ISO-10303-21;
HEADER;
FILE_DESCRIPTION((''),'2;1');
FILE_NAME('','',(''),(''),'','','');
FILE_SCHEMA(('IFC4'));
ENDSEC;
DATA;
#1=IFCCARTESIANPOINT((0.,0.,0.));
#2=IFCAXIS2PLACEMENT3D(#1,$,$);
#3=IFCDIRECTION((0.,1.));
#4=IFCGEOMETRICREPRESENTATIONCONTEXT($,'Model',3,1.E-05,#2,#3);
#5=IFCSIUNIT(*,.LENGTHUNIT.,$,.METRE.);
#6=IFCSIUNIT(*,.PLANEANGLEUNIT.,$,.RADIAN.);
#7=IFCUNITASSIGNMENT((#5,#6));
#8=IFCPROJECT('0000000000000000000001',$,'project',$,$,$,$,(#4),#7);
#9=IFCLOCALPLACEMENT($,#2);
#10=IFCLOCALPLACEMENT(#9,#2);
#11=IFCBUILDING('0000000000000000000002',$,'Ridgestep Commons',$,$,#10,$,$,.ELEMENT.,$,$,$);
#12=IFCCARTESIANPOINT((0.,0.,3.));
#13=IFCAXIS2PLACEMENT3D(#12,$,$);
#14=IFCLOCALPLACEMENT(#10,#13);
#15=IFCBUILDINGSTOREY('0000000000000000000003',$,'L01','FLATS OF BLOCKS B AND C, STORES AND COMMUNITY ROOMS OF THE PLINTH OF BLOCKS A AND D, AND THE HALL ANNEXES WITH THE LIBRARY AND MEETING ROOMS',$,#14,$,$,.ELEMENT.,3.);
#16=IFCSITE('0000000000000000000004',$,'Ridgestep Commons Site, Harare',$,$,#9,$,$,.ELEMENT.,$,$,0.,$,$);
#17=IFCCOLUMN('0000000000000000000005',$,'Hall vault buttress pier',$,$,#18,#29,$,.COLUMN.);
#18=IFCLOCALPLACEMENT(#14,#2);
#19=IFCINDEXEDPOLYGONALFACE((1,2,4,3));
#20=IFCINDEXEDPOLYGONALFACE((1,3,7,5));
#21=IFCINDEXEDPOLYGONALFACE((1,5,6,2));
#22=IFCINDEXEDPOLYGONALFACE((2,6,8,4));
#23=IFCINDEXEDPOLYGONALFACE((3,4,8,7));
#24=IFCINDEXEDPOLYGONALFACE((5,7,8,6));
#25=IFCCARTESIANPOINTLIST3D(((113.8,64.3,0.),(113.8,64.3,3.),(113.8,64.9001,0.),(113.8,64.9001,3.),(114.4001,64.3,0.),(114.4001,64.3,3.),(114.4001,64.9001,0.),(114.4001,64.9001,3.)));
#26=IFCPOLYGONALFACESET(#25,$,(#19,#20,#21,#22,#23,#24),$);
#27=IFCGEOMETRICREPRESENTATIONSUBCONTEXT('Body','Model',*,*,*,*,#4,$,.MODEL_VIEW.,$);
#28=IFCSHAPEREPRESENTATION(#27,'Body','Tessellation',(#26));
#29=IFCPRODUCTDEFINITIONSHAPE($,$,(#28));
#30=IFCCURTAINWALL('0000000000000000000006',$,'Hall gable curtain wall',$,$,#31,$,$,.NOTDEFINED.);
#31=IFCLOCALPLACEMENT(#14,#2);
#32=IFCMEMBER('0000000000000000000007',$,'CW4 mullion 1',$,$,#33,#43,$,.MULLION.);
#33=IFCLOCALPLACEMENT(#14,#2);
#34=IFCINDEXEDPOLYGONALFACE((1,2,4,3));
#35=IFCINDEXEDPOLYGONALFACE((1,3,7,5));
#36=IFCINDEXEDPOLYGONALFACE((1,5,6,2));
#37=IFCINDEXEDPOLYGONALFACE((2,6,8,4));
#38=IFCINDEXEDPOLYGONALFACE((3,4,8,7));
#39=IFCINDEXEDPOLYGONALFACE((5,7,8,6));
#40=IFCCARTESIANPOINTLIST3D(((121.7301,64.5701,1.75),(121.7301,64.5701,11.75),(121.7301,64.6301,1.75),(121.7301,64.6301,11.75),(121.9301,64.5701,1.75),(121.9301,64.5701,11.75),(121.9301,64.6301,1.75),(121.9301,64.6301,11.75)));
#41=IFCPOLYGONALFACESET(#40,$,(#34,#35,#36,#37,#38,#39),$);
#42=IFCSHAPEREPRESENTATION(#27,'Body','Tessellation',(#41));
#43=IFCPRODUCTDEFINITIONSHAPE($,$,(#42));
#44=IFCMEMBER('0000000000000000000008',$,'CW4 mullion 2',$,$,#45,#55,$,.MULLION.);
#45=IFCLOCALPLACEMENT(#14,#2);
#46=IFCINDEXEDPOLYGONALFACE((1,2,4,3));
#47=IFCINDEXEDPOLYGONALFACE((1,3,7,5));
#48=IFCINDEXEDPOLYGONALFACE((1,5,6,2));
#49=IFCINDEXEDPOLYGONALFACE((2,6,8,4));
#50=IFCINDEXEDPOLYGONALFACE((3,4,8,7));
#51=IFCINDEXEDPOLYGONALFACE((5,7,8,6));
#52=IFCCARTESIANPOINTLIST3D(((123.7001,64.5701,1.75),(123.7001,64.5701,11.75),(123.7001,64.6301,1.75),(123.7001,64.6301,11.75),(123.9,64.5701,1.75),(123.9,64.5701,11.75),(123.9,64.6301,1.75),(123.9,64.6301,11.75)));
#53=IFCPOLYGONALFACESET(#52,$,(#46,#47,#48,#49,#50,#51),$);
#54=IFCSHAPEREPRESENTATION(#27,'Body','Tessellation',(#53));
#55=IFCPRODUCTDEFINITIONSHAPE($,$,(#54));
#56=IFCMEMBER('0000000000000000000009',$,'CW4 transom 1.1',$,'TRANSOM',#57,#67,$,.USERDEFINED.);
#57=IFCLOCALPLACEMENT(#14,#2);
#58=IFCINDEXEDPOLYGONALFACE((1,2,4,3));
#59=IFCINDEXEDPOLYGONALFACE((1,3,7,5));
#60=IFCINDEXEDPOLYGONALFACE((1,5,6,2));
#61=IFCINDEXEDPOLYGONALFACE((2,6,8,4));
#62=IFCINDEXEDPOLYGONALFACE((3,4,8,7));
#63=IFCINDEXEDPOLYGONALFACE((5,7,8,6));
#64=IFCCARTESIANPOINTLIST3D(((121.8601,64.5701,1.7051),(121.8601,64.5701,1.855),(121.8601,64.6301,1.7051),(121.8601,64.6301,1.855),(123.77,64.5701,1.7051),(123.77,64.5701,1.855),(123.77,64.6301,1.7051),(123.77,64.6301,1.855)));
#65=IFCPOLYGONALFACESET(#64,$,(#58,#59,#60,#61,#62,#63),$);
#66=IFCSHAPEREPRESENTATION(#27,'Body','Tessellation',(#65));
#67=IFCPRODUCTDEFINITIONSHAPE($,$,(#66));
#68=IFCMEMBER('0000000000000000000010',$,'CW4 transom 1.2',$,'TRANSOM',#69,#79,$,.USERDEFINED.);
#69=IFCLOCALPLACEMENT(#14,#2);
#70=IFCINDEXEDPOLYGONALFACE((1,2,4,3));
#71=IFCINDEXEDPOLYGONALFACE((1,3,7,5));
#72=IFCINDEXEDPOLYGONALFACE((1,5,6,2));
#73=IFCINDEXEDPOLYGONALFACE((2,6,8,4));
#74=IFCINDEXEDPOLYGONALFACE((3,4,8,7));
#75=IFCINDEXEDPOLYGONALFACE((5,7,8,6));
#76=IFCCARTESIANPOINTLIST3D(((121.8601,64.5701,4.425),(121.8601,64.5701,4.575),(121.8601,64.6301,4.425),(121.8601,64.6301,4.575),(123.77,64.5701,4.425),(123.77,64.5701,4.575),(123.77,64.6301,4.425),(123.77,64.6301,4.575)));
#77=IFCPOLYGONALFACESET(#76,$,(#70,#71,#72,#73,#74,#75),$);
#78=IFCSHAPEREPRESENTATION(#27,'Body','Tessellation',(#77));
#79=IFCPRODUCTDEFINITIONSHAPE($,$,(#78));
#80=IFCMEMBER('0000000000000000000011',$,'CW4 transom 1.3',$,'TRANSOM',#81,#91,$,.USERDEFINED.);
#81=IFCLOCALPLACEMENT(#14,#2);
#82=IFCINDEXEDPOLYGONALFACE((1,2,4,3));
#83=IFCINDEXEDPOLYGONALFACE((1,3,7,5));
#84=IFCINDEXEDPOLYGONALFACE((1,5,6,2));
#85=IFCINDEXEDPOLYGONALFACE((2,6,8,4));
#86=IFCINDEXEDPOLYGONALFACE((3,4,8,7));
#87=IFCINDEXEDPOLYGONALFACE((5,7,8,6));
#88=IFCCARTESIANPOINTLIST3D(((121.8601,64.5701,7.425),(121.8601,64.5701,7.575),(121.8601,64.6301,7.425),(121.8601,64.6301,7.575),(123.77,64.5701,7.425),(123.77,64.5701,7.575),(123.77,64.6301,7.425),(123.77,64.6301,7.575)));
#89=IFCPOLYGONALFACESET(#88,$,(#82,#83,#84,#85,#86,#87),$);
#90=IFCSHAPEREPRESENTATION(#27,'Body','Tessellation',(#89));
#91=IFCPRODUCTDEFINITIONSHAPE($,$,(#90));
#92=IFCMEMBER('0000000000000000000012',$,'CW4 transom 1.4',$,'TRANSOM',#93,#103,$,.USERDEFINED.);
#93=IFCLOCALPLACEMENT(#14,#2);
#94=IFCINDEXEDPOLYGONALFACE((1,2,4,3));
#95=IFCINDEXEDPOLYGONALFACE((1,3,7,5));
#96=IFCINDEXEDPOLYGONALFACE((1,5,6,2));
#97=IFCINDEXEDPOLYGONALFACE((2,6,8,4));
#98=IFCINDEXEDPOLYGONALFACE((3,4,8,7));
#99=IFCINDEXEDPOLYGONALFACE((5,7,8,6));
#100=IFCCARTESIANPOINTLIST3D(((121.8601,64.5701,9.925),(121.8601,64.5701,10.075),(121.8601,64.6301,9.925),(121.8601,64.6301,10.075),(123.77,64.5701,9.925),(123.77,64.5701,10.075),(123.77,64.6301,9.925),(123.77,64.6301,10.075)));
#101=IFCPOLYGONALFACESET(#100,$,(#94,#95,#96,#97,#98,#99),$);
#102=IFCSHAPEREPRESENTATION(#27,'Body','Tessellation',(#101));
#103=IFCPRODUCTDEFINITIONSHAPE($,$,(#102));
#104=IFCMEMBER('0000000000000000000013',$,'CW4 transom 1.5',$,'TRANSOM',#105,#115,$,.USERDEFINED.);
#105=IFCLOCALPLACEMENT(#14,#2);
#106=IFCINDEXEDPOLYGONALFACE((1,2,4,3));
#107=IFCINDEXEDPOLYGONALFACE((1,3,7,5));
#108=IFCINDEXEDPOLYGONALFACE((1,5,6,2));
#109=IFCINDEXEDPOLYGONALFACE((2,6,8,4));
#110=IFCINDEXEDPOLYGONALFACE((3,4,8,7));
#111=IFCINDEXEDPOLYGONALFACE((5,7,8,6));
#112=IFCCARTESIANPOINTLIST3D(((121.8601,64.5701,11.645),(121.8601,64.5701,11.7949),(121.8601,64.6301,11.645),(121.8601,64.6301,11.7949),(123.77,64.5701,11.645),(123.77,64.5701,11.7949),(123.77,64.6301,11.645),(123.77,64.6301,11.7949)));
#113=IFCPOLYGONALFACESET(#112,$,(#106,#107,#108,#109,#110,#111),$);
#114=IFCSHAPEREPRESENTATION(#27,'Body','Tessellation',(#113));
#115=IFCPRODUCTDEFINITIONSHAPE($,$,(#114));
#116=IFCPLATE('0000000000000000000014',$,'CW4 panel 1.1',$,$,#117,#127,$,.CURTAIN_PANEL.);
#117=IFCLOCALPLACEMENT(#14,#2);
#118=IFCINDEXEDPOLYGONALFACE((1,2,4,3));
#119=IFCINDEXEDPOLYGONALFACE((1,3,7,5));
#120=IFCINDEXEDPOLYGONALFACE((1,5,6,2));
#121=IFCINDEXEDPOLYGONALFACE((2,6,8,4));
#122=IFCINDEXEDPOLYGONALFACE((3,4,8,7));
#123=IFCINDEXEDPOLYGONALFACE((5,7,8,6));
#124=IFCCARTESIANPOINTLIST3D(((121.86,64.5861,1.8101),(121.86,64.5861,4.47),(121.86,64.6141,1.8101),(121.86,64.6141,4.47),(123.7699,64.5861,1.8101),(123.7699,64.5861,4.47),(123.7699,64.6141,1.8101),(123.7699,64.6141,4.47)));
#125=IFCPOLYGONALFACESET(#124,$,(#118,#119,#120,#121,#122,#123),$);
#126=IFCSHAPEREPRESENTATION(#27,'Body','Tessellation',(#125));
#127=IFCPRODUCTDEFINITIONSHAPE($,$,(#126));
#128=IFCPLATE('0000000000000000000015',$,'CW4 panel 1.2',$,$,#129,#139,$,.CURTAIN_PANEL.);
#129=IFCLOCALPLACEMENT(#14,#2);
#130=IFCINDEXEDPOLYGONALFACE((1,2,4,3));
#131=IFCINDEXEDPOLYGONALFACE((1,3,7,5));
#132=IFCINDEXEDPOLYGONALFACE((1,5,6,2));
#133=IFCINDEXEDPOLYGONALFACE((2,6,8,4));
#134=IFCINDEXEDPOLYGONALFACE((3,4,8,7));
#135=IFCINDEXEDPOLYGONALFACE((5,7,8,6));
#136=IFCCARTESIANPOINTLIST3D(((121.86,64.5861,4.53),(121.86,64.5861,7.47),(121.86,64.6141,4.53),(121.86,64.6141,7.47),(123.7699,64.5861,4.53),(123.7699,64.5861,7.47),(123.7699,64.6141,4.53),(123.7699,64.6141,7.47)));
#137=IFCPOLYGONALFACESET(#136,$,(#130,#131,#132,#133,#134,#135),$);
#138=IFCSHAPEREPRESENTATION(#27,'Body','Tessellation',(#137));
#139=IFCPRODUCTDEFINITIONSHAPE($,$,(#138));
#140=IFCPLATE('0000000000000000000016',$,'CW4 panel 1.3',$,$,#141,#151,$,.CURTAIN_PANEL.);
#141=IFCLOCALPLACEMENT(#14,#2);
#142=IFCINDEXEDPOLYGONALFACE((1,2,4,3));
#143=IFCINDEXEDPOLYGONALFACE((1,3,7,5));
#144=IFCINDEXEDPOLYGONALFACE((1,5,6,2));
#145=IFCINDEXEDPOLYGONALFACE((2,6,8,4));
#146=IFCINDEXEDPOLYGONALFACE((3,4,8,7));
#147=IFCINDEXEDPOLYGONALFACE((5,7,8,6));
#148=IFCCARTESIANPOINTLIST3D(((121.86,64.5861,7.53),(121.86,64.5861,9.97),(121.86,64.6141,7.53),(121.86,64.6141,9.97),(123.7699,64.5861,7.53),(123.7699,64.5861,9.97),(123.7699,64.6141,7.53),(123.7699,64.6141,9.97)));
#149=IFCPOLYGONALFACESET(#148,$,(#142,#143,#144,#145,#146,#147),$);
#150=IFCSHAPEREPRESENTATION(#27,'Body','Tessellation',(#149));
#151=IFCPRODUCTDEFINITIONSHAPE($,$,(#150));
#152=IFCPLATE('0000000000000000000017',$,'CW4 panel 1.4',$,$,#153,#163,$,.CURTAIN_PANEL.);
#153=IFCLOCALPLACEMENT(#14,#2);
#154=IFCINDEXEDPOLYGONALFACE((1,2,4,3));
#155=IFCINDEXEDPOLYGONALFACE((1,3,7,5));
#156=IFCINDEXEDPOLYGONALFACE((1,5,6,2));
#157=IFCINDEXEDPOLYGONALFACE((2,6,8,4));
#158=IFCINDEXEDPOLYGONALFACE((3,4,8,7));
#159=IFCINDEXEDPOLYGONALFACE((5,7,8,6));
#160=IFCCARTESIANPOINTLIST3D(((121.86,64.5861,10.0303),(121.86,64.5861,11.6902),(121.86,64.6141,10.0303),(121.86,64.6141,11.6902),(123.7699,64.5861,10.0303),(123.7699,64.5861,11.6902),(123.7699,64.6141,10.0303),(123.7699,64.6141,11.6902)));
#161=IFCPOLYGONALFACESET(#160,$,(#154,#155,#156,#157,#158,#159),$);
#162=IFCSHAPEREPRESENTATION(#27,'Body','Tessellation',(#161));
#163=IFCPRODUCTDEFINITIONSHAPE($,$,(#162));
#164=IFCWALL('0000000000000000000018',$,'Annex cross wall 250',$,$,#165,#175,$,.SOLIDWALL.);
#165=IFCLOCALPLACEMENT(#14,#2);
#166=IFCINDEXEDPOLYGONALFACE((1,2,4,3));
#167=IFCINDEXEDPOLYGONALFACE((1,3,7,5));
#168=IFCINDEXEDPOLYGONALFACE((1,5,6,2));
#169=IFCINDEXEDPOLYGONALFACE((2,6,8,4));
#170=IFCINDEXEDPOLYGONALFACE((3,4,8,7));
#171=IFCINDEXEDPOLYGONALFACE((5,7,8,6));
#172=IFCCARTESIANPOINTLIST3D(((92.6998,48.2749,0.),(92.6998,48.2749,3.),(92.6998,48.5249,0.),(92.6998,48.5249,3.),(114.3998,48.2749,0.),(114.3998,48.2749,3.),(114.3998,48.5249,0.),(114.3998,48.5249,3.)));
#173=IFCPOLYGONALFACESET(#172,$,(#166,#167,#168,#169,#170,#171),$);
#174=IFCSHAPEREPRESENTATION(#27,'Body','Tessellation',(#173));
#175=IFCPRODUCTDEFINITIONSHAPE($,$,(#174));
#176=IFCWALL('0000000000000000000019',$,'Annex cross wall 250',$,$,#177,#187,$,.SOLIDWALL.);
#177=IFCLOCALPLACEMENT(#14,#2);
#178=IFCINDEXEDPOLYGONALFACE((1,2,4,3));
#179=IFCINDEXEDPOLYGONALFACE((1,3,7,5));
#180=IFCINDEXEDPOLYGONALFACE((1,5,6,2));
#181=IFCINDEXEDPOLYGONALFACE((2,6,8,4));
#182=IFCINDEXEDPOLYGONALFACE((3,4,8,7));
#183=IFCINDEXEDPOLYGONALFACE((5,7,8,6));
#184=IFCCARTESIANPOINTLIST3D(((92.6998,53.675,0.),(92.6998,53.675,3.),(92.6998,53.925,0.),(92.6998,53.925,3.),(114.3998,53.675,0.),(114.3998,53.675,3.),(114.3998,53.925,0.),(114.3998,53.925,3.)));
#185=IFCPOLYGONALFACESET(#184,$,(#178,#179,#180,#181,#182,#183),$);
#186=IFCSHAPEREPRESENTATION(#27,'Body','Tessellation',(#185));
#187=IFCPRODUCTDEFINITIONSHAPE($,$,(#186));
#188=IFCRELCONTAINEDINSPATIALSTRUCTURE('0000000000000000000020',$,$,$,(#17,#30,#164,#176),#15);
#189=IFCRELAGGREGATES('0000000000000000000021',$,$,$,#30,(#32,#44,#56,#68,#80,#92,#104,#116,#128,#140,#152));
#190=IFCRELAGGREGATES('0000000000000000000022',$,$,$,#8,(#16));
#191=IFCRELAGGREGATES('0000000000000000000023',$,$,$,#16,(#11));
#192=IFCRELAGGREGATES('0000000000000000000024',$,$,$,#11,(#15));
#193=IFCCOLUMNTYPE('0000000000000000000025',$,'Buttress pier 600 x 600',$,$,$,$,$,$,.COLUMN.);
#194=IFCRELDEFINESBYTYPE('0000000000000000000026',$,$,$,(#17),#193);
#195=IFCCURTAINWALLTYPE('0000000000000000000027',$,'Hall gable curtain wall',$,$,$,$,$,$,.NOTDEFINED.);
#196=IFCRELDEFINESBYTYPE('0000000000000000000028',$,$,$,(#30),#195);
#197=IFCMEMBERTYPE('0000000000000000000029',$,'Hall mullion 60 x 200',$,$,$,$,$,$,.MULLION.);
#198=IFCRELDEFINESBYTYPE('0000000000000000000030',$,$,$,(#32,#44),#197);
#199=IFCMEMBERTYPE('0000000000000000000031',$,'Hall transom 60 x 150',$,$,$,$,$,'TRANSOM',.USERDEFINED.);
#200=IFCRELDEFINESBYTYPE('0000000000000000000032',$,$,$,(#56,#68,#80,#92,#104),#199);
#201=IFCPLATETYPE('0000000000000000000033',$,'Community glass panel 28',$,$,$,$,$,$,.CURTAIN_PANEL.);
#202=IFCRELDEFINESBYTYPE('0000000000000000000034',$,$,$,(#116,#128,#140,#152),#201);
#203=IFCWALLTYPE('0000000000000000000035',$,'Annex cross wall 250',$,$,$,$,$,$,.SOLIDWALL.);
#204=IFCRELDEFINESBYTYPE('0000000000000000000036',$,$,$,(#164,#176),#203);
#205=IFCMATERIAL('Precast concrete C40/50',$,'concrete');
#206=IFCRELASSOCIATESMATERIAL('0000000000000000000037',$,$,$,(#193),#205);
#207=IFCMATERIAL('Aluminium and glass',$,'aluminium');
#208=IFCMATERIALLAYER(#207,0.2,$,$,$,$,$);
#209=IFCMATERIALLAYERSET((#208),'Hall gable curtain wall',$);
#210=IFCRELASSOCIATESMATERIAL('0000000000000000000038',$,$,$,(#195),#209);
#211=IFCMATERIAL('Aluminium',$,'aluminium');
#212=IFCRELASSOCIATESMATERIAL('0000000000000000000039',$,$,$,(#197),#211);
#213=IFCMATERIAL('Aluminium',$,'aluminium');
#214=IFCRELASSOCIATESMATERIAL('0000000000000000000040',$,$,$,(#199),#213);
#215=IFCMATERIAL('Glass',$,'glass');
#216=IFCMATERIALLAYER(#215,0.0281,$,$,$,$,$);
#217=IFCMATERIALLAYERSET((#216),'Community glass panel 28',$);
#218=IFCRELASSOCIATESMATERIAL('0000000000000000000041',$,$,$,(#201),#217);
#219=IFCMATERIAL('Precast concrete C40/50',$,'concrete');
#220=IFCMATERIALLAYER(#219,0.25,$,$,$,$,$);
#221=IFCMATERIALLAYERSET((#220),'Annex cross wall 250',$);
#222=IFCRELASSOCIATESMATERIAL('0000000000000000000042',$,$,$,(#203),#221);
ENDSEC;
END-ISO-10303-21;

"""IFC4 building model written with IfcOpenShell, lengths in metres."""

from ifc_helpers import new_model, si_unit, direction, frame, frame_2d, origin, origin_2d, place, context, subcontext, project, spatial, rectangle, extrude, material, layer, layer_set, material_profile, profile_set, type_object, element, aggregate, save


model = new_model("IFC4")

# Units and contexts
model_context = context("Model", 3, precision=1e-05, world=origin(), true_north=direction((0.0, 1.0)))
body_context = subcontext(model_context, "Body", "Model", "MODEL_VIEW")
ifc_project = project(units=[si_unit("LENGTHUNIT", "METRE"), si_unit("PLANEANGLEUNIT", "RADIAN")], contexts=[model_context])

# Site, building, storey
site_placement = place(None, origin())
site = spatial("IfcSite", under=ifc_project, at=site_placement, Name="Ridgestep Commons Site, Harare", CompositionType="ELEMENT", RefElevation=0.0)
building_placement = place(site_placement, origin())
building = spatial("IfcBuilding", under=site, at=building_placement, Name="Ridgestep Commons", CompositionType="ELEMENT")
storey_placement = place(building_placement, frame((0.0, 0.0, 3.0)))
storey = spatial("IfcBuildingStorey", under=building, at=storey_placement, Name="L01", Description="FLATS OF BLOCKS B AND C, STORES AND COMMUNITY ROOMS OF THE PLINTH OF BLOCKS A AND D, AND THE HALL ANNEXES WITH THE LIBRARY AND MEETING ROOMS", CompositionType="ELEMENT", Elevation=3.0)

# Column
ifc_material_1 = material(Name="Precast concrete C40/50", Category="concrete")
ifc_material_profile_1 = material_profile(ifc_material_1, rectangle(XDim=0.6001, YDim=0.6001, at=origin_2d()), Name="Buttress pier 600 x 600")
ifc_profile_set_1 = profile_set([ifc_material_profile_1], Name="Precast concrete C40/50")
column_type = type_object("IfcColumnType", Name="Buttress pier 600 x 600", PredefinedType="COLUMN", material=ifc_profile_set_1)
column_placement = place(storey_placement, frame((114.1001, 64.6001, 0.0), z_axis=(0.0, 0.0, 1.0), x_axis=(1.0, 0.0, 0.0)))
element("IfcColumn", 1, at=column_placement, inside=storey, type_object=column_type, Name="Hall vault buttress pier", PredefinedType="COLUMN", context=body_context, shape_type="SweptSolid", body=[
    extrude(rectangle(XDim=0.6001, YDim=0.6001, at=origin_2d()), origin(), (0.0, 0.0, 1.0), 3.0),
])

# Curtain wall, members, plates
ifc_material_2 = material(Name="Aluminium and glass", Category="aluminium")
ifc_layer_1 = layer(ifc_material_2, 0.2)
ifc_layer_set_1 = layer_set([ifc_layer_1], Name="Hall gable curtain wall")
curtain_wall_type = type_object("IfcCurtainWallType", Name="Hall gable curtain wall", PredefinedType="NOTDEFINED", material=ifc_layer_set_1)
curtain_wall_placement = place(storey_placement, origin())
curtain_wall = element("IfcCurtainWall", 2, at=curtain_wall_placement, inside=storey, type_object=curtain_wall_type, Name="Hall gable curtain wall", PredefinedType="NOTDEFINED")
ifc_material_3 = material(Name="Aluminium", Category="aluminium")
ifc_material_profile_2 = material_profile(ifc_material_3, rectangle(XDim=0.0601, YDim=0.2, at=origin_2d()), Name="Hall mullion 60 x 200")
ifc_profile_set_2 = profile_set([ifc_material_profile_2], Name="Aluminium")
member_type_1 = type_object("IfcMemberType", Name="Hall mullion 60 x 200", PredefinedType="MULLION", material=ifc_profile_set_2)
member_1_placement = place(storey_placement, frame((121.8301, 64.6001, 1.75), z_axis=(0.0, 0.0, 1.0), x_axis=(0.0, 1.0, 0.0)))
member_1 = element("IfcMember", 3, at=member_1_placement, type_object=member_type_1, Name="CW4 mullion 1", PredefinedType="MULLION", context=body_context, shape_type="SweptSolid", body=[
    extrude(rectangle(XDim=0.0601, YDim=0.2, at=origin_2d()), origin(), (0.0, 0.0, 1.0), 10.0),
])
member_2_placement = place(storey_placement, frame((123.8, 64.6001, 1.75), z_axis=(0.0, 0.0, 1.0), x_axis=(0.0, 1.0, 0.0)))
member_2 = element("IfcMember", 4, at=member_2_placement, type_object=member_type_1, Name="CW4 mullion 2", PredefinedType="MULLION", context=body_context, shape_type="SweptSolid", body=[
    extrude(rectangle(XDim=0.0601, YDim=0.2, at=origin_2d()), origin(), (0.0, 0.0, 1.0), 10.0),
])
ifc_material_4 = material(Name="Aluminium", Category="aluminium")
ifc_material_profile_3 = material_profile(ifc_material_4, rectangle(XDim=0.0601, YDim=0.1499, at=origin_2d()), Name="Hall transom 60 x 150")
ifc_profile_set_3 = profile_set([ifc_material_profile_3], Name="Aluminium")
member_type_2 = type_object("IfcMemberType", Name="Hall transom 60 x 150", ElementType="TRANSOM", PredefinedType="USERDEFINED", material=ifc_profile_set_3)
member_3_placement = place(storey_placement, frame((121.8601, 64.6001, 1.78), z_axis=(1.0, 0.0, 0.0), x_axis=(0.0, 1.0, 0.0)))
member_3 = element("IfcMember", 5, at=member_3_placement, type_object=member_type_2, Name="CW4 transom 1.1", ObjectType="TRANSOM", PredefinedType="USERDEFINED", context=body_context, shape_type="SweptSolid", body=[
    extrude(rectangle(XDim=0.0601, YDim=0.1499, at=origin_2d()), origin(), (0.0, 0.0, 1.0), 1.9099),
])
member_4_placement = place(storey_placement, frame((121.8601, 64.6001, 4.5), z_axis=(1.0, 0.0, 0.0), x_axis=(0.0, 1.0, 0.0)))
member_4 = element("IfcMember", 6, at=member_4_placement, type_object=member_type_2, Name="CW4 transom 1.2", ObjectType="TRANSOM", PredefinedType="USERDEFINED", context=body_context, shape_type="SweptSolid", body=[
    extrude(rectangle(XDim=0.0601, YDim=0.1499, at=origin_2d()), origin(), (0.0, 0.0, 1.0), 1.9099),
])
member_5_placement = place(storey_placement, frame((121.8601, 64.6001, 7.5), z_axis=(1.0, 0.0, 0.0), x_axis=(0.0, 1.0, 0.0)))
member_5 = element("IfcMember", 7, at=member_5_placement, type_object=member_type_2, Name="CW4 transom 1.3", ObjectType="TRANSOM", PredefinedType="USERDEFINED", context=body_context, shape_type="SweptSolid", body=[
    extrude(rectangle(XDim=0.0601, YDim=0.1499, at=origin_2d()), origin(), (0.0, 0.0, 1.0), 1.9099),
])
member_6_placement = place(storey_placement, frame((121.8601, 64.6001, 10.0), z_axis=(1.0, 0.0, 0.0), x_axis=(0.0, 1.0, 0.0)))
member_6 = element("IfcMember", 8, at=member_6_placement, type_object=member_type_2, Name="CW4 transom 1.4", ObjectType="TRANSOM", PredefinedType="USERDEFINED", context=body_context, shape_type="SweptSolid", body=[
    extrude(rectangle(XDim=0.0601, YDim=0.1499, at=origin_2d()), origin(), (0.0, 0.0, 1.0), 1.9099),
])
member_7_placement = place(storey_placement, frame((121.8601, 64.6001, 11.72), z_axis=(1.0, 0.0, 0.0), x_axis=(0.0, 1.0, 0.0)))
member_7 = element("IfcMember", 9, at=member_7_placement, type_object=member_type_2, Name="CW4 transom 1.5", ObjectType="TRANSOM", PredefinedType="USERDEFINED", context=body_context, shape_type="SweptSolid", body=[
    extrude(rectangle(XDim=0.0601, YDim=0.1499, at=origin_2d()), origin(), (0.0, 0.0, 1.0), 1.9099),
])
ifc_material_5 = material(Name="Glass", Category="glass")
ifc_layer_2 = layer(ifc_material_5, 0.0281)
ifc_layer_set_2 = layer_set([ifc_layer_2], Name="Community glass panel 28")
plate_type = type_object("IfcPlateType", Name="Community glass panel 28", PredefinedType="CURTAIN_PANEL", material=ifc_layer_set_2)
plate_1_placement = place(storey_placement, frame((122.8149, 64.6001, 1.8101), z_axis=(0.0, 0.0, 1.0), x_axis=(1.0, 0.0, 0.0)))
plate_1 = element("IfcPlate", 10, at=plate_1_placement, type_object=plate_type, Name="CW4 panel 1.1", PredefinedType="CURTAIN_PANEL", context=body_context, shape_type="SweptSolid", body=[
    extrude(rectangle(XDim=1.9099, YDim=0.0281, at=origin_2d()), origin(), (0.0, 0.0, 1.0), 2.6599),
])
plate_2_placement = place(storey_placement, frame((122.8149, 64.6001, 4.53), z_axis=(0.0, 0.0, 1.0), x_axis=(1.0, 0.0, 0.0)))
plate_2 = element("IfcPlate", 11, at=plate_2_placement, type_object=plate_type, Name="CW4 panel 1.2", PredefinedType="CURTAIN_PANEL", context=body_context, shape_type="SweptSolid", body=[
    extrude(rectangle(XDim=1.9099, YDim=0.0281, at=origin_2d()), origin(), (0.0, 0.0, 1.0), 2.9399),
])
plate_3_placement = place(storey_placement, frame((122.8149, 64.6001, 7.53), z_axis=(0.0, 0.0, 1.0), x_axis=(1.0, 0.0, 0.0)))
plate_3 = element("IfcPlate", 12, at=plate_3_placement, type_object=plate_type, Name="CW4 panel 1.3", PredefinedType="CURTAIN_PANEL", context=body_context, shape_type="SweptSolid", body=[
    extrude(rectangle(XDim=1.9099, YDim=0.0281, at=origin_2d()), origin(), (0.0, 0.0, 1.0), 2.4399),
])
plate_4_placement = place(storey_placement, frame((122.8149, 64.6001, 10.0303), z_axis=(0.0, 0.0, 1.0), x_axis=(1.0, 0.0, 0.0)))
plate_4 = element("IfcPlate", 13, at=plate_4_placement, type_object=plate_type, Name="CW4 panel 1.4", PredefinedType="CURTAIN_PANEL", context=body_context, shape_type="SweptSolid", body=[
    extrude(rectangle(XDim=1.9099, YDim=0.0281, at=origin_2d()), origin(), (0.0, 0.0, 1.0), 1.6599),
])
aggregate(curtain_wall, [member_1, member_2, member_3, member_4, member_5, member_6, member_7, plate_1, plate_2, plate_3, plate_4])

# Walls
ifc_material_6 = material(Name="Precast concrete C40/50", Category="concrete")
ifc_layer_3 = layer(ifc_material_6, 0.25)
ifc_layer_set_3 = layer_set([ifc_layer_3], Name="Annex cross wall 250")
wall_type_1 = type_object("IfcWallType", Name="Annex cross wall 250", PredefinedType="SOLIDWALL", material=ifc_layer_set_3)
for number, where, z_axis, x_axis, name in (
    (14, (114.3999, 48.3999, 0.0), (0.0, 0.0, 1.0), (-1.0, 0.0, 0.0), "Annex cross wall 250"),
    (15, (114.3999, 53.8, 0.0), (0.0, 0.0, 1.0), (-1.0, 0.0, 0.0), "Annex cross wall 250"),
):
    element("IfcWall", number, at=place(storey_placement, frame(where, z_axis=z_axis, x_axis=x_axis)), inside=storey, type_object=wall_type_1, Name=name, PredefinedType="SOLIDWALL", context=body_context, shape_type="SweptSolid", body=[
        extrude(rectangle(XDim=21.7, YDim=0.25, at=frame_2d((10.8501, 0.0))), origin(), (0.0, 0.0, 1.0), 3.0),
    ])

save(model, "model.ifc")
